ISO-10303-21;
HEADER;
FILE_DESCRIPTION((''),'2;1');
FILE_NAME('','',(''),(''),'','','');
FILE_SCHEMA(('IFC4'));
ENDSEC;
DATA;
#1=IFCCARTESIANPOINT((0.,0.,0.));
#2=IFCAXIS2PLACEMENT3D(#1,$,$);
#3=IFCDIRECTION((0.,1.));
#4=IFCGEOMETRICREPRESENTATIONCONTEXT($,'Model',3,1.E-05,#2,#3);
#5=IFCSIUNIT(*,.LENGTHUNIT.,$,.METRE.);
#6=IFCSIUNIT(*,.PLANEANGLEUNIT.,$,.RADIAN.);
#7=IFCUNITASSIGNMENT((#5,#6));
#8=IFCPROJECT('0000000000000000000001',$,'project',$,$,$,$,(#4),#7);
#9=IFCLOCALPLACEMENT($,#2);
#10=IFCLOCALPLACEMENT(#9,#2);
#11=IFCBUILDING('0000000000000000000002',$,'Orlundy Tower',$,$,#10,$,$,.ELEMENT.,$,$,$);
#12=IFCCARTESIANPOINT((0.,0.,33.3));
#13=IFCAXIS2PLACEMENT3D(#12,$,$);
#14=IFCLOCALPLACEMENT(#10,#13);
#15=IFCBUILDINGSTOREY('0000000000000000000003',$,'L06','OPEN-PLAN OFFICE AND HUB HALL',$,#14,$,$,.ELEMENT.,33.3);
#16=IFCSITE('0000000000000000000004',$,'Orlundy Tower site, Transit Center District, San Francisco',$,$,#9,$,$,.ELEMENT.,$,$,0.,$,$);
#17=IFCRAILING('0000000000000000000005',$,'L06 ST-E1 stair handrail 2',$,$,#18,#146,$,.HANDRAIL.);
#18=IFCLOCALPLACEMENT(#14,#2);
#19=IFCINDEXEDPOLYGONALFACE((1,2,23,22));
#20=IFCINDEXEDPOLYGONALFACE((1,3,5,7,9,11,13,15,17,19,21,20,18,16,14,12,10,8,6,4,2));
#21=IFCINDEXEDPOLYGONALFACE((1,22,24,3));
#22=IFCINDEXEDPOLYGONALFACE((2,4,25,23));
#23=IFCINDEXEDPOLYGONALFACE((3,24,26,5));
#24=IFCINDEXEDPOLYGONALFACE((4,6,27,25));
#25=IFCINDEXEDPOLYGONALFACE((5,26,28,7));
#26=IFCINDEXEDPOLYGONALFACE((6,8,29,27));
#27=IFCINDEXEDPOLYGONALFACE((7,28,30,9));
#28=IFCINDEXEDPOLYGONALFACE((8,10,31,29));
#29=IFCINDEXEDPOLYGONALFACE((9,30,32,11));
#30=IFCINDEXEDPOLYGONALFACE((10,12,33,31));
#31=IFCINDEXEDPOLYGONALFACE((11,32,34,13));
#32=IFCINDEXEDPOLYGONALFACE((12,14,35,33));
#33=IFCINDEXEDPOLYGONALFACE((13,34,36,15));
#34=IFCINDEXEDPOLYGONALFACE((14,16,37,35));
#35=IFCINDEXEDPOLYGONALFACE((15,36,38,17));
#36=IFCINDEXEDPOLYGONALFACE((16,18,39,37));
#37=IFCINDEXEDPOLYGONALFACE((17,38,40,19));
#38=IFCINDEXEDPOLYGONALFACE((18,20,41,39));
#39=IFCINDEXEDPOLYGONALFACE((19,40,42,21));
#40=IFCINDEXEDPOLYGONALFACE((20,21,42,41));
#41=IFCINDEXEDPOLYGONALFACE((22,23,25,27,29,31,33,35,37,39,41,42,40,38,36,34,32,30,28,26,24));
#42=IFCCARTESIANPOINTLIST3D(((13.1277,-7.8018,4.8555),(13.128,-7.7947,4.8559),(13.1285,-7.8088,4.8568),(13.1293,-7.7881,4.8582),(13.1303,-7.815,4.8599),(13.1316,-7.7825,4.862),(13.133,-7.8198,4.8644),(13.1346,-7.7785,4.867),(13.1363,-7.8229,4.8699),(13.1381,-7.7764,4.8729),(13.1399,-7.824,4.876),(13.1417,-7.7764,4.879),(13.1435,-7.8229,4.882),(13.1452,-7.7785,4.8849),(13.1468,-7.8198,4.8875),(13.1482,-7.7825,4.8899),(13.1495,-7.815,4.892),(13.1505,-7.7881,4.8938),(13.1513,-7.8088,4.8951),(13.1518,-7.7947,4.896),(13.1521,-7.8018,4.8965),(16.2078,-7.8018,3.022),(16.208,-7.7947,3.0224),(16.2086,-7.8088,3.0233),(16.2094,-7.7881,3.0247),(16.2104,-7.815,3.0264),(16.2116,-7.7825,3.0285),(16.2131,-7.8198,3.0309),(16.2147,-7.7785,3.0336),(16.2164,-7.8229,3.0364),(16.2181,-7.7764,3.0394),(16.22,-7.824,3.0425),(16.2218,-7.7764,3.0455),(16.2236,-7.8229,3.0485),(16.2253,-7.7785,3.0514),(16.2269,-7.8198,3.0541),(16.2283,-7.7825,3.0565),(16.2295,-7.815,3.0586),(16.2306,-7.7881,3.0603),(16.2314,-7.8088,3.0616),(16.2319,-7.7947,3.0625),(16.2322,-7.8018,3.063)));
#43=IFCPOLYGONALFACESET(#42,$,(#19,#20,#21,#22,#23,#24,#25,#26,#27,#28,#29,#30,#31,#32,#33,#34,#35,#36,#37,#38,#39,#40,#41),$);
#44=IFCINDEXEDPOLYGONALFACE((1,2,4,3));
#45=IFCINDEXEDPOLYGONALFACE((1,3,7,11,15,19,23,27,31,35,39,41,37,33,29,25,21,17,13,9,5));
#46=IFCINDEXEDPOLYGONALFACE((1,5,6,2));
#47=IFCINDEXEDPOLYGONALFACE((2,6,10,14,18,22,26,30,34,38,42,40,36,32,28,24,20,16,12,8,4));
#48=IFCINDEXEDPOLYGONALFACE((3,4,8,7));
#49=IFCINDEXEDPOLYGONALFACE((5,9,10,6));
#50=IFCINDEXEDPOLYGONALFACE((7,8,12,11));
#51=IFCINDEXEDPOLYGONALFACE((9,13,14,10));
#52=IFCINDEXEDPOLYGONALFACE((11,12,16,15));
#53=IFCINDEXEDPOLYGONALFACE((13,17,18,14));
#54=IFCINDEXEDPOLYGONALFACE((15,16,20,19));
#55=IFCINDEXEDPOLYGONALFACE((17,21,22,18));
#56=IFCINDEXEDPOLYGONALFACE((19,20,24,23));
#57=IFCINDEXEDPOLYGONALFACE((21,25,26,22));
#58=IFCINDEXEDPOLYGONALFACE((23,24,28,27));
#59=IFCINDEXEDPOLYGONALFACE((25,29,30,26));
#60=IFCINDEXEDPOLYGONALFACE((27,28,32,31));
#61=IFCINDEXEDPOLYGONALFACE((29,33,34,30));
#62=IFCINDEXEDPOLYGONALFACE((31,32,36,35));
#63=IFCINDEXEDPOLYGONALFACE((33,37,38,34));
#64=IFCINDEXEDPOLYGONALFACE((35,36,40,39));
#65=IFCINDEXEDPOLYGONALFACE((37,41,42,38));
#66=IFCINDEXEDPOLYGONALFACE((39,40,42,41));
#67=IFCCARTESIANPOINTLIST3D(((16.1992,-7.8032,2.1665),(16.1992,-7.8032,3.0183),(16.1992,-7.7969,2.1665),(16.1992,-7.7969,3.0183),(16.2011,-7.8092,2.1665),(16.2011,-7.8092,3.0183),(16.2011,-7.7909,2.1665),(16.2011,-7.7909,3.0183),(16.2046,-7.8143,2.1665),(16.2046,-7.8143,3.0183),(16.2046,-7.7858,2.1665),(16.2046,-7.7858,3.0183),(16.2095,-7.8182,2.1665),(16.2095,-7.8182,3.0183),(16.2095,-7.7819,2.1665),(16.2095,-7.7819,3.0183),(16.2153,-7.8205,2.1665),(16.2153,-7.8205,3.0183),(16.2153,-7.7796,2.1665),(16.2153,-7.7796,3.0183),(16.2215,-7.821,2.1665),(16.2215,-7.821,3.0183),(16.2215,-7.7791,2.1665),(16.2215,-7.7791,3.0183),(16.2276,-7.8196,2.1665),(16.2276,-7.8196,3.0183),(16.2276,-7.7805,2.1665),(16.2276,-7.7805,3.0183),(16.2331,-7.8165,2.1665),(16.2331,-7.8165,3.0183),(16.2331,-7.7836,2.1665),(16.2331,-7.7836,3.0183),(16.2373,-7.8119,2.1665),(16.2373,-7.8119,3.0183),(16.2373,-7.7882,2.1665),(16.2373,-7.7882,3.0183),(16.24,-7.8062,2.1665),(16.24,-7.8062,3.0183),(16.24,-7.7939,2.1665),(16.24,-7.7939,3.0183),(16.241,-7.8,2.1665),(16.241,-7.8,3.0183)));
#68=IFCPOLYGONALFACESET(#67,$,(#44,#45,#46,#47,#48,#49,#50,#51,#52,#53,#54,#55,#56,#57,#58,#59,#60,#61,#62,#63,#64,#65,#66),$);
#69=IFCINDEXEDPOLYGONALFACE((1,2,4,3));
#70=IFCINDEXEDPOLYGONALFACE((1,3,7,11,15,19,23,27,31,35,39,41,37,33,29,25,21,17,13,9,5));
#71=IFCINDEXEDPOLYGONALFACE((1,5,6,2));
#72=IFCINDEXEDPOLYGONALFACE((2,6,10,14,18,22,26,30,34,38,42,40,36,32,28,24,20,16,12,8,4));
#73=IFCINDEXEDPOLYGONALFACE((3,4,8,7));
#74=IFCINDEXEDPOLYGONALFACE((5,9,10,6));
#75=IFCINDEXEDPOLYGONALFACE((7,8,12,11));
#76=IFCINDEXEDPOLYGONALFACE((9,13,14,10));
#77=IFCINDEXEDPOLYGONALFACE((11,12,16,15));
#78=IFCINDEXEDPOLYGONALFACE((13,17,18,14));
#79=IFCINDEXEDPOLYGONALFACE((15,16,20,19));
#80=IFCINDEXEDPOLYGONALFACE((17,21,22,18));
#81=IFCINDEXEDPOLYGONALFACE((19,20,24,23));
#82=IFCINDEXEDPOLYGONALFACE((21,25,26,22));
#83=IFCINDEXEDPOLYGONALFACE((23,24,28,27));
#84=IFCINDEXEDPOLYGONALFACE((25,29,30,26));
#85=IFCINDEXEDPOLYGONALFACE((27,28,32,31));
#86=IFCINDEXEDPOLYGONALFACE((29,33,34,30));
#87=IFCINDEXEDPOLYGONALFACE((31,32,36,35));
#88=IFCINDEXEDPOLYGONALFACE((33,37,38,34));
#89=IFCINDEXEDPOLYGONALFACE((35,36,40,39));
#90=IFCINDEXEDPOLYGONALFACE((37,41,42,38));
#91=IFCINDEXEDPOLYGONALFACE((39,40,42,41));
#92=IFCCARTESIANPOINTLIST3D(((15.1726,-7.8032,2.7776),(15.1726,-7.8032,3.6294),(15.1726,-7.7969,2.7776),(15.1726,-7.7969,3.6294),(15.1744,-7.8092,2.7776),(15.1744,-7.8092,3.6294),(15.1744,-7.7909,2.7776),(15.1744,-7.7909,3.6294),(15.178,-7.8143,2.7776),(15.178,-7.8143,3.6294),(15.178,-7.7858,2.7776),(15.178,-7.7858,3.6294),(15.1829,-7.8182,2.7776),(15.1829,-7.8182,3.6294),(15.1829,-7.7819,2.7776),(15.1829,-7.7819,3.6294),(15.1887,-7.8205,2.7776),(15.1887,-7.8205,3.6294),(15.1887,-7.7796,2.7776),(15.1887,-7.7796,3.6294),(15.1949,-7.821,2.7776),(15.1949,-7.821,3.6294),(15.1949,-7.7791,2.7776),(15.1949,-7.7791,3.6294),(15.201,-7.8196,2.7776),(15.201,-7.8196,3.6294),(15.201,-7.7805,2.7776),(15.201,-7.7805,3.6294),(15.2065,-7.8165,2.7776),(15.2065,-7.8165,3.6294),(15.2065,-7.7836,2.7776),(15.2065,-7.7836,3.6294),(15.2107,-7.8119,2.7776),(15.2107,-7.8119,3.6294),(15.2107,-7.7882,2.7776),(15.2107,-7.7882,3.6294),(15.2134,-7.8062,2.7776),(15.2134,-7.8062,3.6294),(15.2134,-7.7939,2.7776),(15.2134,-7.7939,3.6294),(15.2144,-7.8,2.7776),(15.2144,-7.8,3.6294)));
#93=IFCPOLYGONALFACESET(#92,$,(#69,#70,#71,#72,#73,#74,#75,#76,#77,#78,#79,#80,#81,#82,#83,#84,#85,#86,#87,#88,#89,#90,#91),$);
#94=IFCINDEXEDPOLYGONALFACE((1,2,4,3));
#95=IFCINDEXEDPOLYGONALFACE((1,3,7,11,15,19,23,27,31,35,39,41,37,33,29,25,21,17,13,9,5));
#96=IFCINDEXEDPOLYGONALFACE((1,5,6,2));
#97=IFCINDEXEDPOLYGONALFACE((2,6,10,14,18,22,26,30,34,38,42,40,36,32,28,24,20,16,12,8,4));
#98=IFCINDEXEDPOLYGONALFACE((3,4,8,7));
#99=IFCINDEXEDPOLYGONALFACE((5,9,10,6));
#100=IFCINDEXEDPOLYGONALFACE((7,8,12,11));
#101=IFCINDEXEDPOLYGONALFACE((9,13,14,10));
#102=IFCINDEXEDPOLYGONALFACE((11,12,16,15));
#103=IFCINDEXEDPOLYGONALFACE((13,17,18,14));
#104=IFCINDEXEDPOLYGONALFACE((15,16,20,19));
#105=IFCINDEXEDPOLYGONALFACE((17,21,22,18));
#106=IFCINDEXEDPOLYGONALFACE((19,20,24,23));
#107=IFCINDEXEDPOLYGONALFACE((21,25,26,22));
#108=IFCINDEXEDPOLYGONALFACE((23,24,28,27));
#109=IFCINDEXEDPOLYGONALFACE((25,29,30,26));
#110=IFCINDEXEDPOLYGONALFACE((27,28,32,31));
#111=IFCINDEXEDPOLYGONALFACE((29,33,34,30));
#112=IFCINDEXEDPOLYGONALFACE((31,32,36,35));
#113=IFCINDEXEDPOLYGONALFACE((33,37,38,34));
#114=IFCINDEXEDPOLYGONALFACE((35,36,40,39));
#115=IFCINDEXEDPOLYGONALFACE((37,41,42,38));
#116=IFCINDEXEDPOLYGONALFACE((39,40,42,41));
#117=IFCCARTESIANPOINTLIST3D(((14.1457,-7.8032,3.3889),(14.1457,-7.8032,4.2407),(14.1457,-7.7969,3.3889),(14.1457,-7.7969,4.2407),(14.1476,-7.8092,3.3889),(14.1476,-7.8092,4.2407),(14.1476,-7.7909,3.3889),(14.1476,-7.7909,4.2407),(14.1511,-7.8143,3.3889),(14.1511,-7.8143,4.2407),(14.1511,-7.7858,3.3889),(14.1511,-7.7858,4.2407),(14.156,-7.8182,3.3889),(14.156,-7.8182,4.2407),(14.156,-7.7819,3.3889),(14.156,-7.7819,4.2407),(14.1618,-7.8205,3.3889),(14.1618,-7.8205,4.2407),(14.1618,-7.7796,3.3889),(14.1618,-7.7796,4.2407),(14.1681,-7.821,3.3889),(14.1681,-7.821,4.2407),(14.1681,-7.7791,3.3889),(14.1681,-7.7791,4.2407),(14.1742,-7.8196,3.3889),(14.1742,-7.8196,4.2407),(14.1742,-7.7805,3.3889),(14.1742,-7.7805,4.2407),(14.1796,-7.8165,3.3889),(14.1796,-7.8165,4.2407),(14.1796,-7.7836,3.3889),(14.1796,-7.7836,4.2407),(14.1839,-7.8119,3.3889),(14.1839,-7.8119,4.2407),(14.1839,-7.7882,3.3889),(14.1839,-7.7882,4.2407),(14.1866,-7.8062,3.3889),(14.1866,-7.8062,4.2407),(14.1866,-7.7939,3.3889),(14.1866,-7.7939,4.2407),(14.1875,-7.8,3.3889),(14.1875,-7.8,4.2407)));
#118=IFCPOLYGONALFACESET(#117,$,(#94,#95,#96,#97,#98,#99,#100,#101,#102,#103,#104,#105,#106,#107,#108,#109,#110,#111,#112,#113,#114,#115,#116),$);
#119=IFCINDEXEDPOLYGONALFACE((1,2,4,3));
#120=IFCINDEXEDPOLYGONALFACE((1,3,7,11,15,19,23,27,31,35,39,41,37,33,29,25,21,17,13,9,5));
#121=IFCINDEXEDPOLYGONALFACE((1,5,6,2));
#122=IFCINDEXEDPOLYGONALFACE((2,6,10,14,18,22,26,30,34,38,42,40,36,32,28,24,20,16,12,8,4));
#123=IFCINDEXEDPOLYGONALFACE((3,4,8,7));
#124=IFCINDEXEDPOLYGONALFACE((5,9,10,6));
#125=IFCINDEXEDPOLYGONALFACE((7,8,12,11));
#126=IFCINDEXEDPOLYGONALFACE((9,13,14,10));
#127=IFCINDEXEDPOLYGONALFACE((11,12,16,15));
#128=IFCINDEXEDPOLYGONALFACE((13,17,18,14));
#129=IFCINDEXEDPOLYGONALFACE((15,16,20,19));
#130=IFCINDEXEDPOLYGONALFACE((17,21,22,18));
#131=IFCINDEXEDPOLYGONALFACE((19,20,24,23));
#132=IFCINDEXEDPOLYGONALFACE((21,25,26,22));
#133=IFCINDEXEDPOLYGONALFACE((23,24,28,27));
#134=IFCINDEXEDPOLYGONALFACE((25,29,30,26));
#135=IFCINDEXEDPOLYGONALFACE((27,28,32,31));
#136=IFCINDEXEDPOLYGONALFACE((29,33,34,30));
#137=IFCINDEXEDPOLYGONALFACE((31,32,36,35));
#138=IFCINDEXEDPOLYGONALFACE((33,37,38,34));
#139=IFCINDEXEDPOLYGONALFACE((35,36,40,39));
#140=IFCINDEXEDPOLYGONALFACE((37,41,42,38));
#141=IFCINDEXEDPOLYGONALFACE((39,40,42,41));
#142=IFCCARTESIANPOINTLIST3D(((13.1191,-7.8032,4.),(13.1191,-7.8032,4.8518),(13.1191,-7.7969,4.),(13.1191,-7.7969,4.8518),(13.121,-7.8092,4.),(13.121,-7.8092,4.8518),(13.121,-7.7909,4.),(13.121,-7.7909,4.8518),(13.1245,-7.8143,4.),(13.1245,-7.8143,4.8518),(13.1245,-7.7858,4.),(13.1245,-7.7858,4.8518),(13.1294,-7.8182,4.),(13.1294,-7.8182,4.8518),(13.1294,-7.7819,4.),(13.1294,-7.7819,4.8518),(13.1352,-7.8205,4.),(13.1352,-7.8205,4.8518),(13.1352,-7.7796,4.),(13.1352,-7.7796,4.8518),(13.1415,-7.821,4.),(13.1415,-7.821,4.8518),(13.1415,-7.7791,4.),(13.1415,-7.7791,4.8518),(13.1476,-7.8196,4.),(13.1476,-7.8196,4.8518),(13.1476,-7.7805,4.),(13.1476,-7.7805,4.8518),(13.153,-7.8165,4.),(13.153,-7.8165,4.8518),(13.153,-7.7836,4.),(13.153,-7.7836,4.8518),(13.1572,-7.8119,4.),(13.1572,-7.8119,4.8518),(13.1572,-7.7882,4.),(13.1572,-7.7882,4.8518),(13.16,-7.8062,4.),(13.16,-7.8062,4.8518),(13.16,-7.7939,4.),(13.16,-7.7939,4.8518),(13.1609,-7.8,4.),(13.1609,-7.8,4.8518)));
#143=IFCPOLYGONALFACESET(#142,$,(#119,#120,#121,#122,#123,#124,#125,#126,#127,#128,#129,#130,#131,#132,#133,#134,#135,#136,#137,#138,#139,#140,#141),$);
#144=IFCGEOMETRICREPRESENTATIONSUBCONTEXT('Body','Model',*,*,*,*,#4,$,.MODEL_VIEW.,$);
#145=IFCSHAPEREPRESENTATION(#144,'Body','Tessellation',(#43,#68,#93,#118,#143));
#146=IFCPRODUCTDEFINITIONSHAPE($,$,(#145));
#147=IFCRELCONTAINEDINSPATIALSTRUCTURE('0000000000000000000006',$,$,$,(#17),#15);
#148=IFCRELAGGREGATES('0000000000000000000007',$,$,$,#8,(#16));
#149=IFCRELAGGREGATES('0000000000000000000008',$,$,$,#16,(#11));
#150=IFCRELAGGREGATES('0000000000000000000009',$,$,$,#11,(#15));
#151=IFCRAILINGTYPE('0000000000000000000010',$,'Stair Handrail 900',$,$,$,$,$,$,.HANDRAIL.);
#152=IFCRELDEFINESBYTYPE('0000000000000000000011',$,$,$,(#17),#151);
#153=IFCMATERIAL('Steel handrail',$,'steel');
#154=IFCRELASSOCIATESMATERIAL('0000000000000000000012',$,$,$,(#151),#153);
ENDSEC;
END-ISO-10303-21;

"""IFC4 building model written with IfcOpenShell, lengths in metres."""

from ifc_helpers import new_model, si_unit, direction, frame, origin, origin_2d, place, context, subcontext, project, spatial, circle, extrude, material, type_object, element, save


model = new_model("IFC4")

# Units and contexts
model_context = context("Model", 3, precision=1e-05, world=origin(), true_north=direction((0.0, 1.0)))
body_context = subcontext(model_context, "Body", "Model", "MODEL_VIEW")
ifc_project = project(units=[si_unit("LENGTHUNIT", "METRE"), si_unit("PLANEANGLEUNIT", "RADIAN")], contexts=[model_context])

# Site, building, storey
site_placement = place(None, origin())
site = spatial("IfcSite", under=ifc_project, at=site_placement, Name="Orlundy Tower site, Transit Center District, San Francisco", CompositionType="ELEMENT", RefElevation=0.0)
building_placement = place(site_placement, origin())
building = spatial("IfcBuilding", under=site, at=building_placement, Name="Orlundy Tower", CompositionType="ELEMENT")
storey_placement = place(building_placement, frame((0.0, 0.0, 33.3)))
storey = spatial("IfcBuildingStorey", under=building, at=storey_placement, Name="L06", Description="OPEN-PLAN OFFICE AND HUB HALL", CompositionType="ELEMENT", Elevation=33.3)

# Railing
ifc_material_1 = material(Name="Steel handrail", Category="steel")
railing_type_1 = type_object("IfcRailingType", Name="Stair Handrail 900", PredefinedType="HANDRAIL", material=ifc_material_1)
railing_1_placement = place(storey_placement, frame((16.22, -7.8, 2.1665)))
element("IfcRailing", 1, at=railing_1_placement, inside=storey, type_object=railing_type_1, Name="L06 ST-E1 stair handrail 2", PredefinedType="HANDRAIL", context=body_context, shape_type="SweptSolid", body=[
    extrude(circle(Radius=0.0239, at=origin_2d()), frame((0.0, 0.0, 0.876), z_axis=(-0.859279, 0.0, 0.511508), x_axis=(0.0, -1.0, 0.0)), (0.0, 0.0, 1.0), 3.5845),
    extrude(circle(Radius=0.021, at=origin_2d()), origin(), (0.0, 0.0, 1.0), 0.8518),
    extrude(circle(Radius=0.021, at=origin_2d()), frame((-1.0266, 0.0, 0.6111)), (0.0, 0.0, 1.0), 0.8518),
    extrude(circle(Radius=0.021, at=origin_2d()), frame((-2.0535, 0.0, 1.2224)), (0.0, 0.0, 1.0), 0.8518),
    extrude(circle(Radius=0.021, at=origin_2d()), frame((-3.0801, 0.0, 1.8335)), (0.0, 0.0, 1.0), 0.8518),
])

save(model, "model.ifc")
